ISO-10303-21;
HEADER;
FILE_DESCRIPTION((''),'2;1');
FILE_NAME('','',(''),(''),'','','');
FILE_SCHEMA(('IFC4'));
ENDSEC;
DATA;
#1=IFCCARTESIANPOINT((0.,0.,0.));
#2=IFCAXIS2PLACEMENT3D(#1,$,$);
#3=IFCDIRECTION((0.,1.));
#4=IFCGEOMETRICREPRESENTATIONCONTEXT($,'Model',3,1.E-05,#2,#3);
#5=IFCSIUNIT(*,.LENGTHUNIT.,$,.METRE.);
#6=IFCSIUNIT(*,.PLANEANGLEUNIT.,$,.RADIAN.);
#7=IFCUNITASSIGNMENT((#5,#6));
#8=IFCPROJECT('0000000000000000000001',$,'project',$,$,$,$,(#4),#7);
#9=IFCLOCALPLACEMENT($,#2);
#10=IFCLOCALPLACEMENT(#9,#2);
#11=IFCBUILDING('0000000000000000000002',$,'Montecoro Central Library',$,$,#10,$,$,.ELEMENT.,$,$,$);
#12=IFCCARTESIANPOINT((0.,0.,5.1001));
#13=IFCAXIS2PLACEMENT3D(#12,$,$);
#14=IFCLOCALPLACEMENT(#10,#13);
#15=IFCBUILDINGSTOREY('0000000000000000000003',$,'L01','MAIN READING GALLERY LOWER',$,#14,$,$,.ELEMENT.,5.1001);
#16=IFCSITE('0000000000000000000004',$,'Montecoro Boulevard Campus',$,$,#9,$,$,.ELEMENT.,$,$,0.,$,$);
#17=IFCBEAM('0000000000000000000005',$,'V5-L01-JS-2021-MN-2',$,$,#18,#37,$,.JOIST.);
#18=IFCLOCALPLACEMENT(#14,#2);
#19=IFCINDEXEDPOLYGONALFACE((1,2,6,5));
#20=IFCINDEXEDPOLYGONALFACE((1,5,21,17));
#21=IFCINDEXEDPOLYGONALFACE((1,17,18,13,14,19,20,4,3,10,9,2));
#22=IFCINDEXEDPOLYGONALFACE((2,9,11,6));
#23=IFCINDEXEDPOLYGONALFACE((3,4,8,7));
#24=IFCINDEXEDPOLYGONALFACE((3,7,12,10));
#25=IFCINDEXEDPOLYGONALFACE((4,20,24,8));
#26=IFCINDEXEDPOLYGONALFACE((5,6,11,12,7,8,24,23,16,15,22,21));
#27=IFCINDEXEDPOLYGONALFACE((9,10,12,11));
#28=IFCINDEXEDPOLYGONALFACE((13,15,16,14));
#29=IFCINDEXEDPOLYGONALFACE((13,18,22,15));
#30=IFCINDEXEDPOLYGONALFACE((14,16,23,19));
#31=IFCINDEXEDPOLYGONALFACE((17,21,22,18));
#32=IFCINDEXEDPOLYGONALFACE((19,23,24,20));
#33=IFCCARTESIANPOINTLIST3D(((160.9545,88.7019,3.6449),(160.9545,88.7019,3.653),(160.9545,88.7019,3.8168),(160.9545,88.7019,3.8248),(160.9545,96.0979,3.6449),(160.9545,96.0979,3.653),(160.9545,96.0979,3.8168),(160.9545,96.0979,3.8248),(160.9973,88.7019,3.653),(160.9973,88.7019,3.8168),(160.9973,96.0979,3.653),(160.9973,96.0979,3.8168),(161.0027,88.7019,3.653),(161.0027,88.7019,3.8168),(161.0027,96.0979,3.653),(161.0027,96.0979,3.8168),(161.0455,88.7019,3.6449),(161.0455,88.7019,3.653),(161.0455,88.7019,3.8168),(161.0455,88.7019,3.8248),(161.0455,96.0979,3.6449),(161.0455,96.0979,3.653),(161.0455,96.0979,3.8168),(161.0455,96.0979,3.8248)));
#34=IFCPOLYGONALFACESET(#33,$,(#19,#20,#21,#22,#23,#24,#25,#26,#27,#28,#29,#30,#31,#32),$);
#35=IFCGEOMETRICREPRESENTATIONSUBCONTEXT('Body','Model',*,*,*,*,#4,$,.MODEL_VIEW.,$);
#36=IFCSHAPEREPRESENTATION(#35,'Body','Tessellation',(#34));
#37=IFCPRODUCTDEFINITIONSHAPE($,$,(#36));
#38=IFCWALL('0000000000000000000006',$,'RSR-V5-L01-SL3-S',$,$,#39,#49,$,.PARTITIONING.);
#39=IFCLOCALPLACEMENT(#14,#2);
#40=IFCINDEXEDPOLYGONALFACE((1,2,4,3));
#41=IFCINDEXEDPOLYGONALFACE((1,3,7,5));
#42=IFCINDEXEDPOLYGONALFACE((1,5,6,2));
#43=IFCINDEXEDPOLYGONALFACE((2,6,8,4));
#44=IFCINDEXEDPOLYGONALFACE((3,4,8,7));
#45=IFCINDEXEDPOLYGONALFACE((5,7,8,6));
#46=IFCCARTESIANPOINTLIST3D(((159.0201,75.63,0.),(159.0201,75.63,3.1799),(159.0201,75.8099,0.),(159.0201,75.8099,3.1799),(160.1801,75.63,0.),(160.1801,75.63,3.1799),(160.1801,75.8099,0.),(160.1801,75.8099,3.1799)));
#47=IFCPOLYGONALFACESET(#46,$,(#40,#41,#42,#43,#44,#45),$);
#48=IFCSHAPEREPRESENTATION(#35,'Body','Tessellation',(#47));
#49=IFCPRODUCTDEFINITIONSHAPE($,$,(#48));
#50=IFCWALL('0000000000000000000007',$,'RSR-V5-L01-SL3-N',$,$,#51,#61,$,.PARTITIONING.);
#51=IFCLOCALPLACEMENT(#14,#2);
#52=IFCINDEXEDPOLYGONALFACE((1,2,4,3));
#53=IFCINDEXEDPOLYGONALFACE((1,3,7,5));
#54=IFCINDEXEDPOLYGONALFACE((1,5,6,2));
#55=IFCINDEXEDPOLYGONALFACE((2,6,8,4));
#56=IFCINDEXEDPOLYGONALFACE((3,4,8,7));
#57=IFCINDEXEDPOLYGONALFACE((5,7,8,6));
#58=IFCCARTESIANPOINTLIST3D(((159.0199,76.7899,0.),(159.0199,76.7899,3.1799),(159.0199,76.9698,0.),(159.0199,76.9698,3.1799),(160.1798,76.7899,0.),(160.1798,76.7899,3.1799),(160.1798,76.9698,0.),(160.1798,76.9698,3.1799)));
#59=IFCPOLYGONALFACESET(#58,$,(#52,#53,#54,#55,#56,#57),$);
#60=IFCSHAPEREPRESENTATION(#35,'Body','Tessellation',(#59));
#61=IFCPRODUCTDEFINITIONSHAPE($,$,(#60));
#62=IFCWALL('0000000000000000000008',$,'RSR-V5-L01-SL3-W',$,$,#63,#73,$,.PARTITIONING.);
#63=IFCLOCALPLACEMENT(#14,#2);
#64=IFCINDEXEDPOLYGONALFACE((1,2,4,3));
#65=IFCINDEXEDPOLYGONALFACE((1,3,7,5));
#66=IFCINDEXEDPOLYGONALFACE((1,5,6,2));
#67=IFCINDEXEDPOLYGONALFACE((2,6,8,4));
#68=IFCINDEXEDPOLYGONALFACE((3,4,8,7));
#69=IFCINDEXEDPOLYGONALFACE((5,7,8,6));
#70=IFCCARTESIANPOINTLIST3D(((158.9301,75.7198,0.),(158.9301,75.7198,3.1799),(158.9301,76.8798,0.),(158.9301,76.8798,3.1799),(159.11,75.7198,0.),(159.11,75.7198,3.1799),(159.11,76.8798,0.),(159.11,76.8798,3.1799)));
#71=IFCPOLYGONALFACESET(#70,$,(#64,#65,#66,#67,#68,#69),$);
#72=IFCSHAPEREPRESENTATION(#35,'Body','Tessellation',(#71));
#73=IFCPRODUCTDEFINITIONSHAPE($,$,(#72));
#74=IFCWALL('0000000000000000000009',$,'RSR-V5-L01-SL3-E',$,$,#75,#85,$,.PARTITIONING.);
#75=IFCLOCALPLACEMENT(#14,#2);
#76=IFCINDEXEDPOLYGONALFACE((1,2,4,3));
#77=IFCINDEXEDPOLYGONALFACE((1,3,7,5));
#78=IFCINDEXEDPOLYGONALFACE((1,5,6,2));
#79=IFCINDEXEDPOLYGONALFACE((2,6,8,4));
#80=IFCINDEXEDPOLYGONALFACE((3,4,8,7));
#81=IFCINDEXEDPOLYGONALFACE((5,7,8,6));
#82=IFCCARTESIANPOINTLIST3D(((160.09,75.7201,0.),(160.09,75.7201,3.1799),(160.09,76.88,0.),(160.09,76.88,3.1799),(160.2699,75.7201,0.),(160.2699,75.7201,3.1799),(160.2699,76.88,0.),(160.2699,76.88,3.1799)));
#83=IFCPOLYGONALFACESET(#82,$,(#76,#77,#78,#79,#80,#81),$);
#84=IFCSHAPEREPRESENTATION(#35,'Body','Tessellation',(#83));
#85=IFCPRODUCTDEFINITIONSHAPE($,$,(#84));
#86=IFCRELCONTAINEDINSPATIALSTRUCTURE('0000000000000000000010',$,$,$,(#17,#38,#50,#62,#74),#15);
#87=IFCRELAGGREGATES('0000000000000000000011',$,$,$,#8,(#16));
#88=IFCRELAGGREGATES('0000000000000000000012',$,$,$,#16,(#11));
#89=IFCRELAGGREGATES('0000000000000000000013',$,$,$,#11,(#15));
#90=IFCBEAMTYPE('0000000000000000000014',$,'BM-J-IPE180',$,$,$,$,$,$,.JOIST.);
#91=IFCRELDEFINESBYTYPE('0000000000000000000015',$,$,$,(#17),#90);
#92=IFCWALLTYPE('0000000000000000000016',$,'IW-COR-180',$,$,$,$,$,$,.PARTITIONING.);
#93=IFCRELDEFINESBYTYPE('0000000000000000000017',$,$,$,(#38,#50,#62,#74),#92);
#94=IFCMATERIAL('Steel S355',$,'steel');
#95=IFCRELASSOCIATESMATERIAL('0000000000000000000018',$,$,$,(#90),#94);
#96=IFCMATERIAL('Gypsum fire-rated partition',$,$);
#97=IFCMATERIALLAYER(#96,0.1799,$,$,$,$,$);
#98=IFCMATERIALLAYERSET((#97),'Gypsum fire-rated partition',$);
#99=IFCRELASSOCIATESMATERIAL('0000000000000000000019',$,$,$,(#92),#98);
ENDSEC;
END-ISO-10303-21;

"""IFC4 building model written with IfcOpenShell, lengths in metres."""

from ifc_helpers import new_model, si_unit, direction, frame, frame_2d, origin, origin_2d, place, context, subcontext, project, spatial, rectangle, i_section, extrude, material, layer, layer_set, material_profile, profile_set, type_object, element, save


model = new_model("IFC4")

# Units and contexts
model_context = context("Model", 3, precision=1e-05, world=origin(), true_north=direction((0.0, 1.0)))
body_context = subcontext(model_context, "Body", "Model", "MODEL_VIEW")
ifc_project = project(units=[si_unit("LENGTHUNIT", "METRE"), si_unit("PLANEANGLEUNIT", "RADIAN")], contexts=[model_context])

# Site, building, storey
site_placement = place(None, origin())
site = spatial("IfcSite", under=ifc_project, at=site_placement, Name="Montecoro Boulevard Campus", CompositionType="ELEMENT", RefElevation=0.0)
building_placement = place(site_placement, origin())
building = spatial("IfcBuilding", under=site, at=building_placement, Name="Montecoro Central Library", CompositionType="ELEMENT")
storey_placement = place(building_placement, frame((0.0, 0.0, 5.1001)))
storey = spatial("IfcBuildingStorey", under=building, at=storey_placement, Name="L01", Description="MAIN READING GALLERY LOWER", CompositionType="ELEMENT", Elevation=5.1001)

# Beam
ifc_material_1 = material(Name="Steel S355", Category="steel")
ifc_material_profile_1 = material_profile(ifc_material_1, i_section(OverallWidth=0.0911, OverallDepth=0.1799, WebThickness=0.0054, FlangeThickness=0.0081, at=origin_2d()), Name="IPE 180")
ifc_profile_set_1 = profile_set([ifc_material_profile_1], Name="Steel S355")
beam_type_1 = type_object("IfcBeamType", Name="BM-J-IPE180", PredefinedType="JOIST", material=ifc_profile_set_1)
for number, where, z_axis, x_axis, name in (
    (1, (161.0, 88.7019, 3.7349), (0.0, 1.0, 0.0), (-1.0, 0.0, 0.0), "V5-L01-JS-2021-MN-2"),
):
    element("IfcBeam", number, at=place(storey_placement, frame(where, z_axis=z_axis, x_axis=x_axis)), inside=storey, type_object=beam_type_1, Name=name, PredefinedType="JOIST", context=body_context, shape_type="SweptSolid", body=[
        extrude(i_section(OverallWidth=0.0911, OverallDepth=0.1799, WebThickness=0.0054, FlangeThickness=0.0081, at=origin_2d()), origin(), (0.0, 0.0, 1.0), 7.396),
    ])

# Walls
ifc_material_2 = material(Name="Gypsum fire-rated partition")
ifc_layer = layer(ifc_material_2, 0.1799)
ifc_layer_set = layer_set([ifc_layer], Name="Gypsum fire-rated partition")
wall_type = type_object("IfcWallType", Name="IW-COR-180", PredefinedType="PARTITIONING", material=ifc_layer_set)
for number, where, z_axis, x_axis, name in (
    (2, (159.02, 75.72, 0.0), (0.0, 0.0, 1.0), (1.0, 0.0, 0.0), "RSR-V5-L01-SL3-S"),
    (3, (160.1799, 76.8799, 0.0), (0.0, 0.0, 1.0), (-1.0, 0.0, 0.0), "RSR-V5-L01-SL3-N"),
    (4, (159.02, 76.8799, 0.0), (0.0, 0.0, 1.0), (0.0, -1.0, 0.0), "RSR-V5-L01-SL3-W"),
    (5, (160.1799, 75.72, 0.0), (0.0, 0.0, 1.0), (0.0, 1.0, 0.0), "RSR-V5-L01-SL3-E"),
):
    element("IfcWall", number, at=place(storey_placement, frame(where, z_axis=z_axis, x_axis=x_axis)), inside=storey, type_object=wall_type, Name=name, PredefinedType="PARTITIONING", context=body_context, shape_type="SweptSolid", body=[
        extrude(rectangle(XDim=1.1599, YDim=0.1799, at=frame_2d((0.5801, 0.0))), origin(), (0.0, 0.0, 1.0), 3.1799),
    ])

save(model, "model.ifc")
